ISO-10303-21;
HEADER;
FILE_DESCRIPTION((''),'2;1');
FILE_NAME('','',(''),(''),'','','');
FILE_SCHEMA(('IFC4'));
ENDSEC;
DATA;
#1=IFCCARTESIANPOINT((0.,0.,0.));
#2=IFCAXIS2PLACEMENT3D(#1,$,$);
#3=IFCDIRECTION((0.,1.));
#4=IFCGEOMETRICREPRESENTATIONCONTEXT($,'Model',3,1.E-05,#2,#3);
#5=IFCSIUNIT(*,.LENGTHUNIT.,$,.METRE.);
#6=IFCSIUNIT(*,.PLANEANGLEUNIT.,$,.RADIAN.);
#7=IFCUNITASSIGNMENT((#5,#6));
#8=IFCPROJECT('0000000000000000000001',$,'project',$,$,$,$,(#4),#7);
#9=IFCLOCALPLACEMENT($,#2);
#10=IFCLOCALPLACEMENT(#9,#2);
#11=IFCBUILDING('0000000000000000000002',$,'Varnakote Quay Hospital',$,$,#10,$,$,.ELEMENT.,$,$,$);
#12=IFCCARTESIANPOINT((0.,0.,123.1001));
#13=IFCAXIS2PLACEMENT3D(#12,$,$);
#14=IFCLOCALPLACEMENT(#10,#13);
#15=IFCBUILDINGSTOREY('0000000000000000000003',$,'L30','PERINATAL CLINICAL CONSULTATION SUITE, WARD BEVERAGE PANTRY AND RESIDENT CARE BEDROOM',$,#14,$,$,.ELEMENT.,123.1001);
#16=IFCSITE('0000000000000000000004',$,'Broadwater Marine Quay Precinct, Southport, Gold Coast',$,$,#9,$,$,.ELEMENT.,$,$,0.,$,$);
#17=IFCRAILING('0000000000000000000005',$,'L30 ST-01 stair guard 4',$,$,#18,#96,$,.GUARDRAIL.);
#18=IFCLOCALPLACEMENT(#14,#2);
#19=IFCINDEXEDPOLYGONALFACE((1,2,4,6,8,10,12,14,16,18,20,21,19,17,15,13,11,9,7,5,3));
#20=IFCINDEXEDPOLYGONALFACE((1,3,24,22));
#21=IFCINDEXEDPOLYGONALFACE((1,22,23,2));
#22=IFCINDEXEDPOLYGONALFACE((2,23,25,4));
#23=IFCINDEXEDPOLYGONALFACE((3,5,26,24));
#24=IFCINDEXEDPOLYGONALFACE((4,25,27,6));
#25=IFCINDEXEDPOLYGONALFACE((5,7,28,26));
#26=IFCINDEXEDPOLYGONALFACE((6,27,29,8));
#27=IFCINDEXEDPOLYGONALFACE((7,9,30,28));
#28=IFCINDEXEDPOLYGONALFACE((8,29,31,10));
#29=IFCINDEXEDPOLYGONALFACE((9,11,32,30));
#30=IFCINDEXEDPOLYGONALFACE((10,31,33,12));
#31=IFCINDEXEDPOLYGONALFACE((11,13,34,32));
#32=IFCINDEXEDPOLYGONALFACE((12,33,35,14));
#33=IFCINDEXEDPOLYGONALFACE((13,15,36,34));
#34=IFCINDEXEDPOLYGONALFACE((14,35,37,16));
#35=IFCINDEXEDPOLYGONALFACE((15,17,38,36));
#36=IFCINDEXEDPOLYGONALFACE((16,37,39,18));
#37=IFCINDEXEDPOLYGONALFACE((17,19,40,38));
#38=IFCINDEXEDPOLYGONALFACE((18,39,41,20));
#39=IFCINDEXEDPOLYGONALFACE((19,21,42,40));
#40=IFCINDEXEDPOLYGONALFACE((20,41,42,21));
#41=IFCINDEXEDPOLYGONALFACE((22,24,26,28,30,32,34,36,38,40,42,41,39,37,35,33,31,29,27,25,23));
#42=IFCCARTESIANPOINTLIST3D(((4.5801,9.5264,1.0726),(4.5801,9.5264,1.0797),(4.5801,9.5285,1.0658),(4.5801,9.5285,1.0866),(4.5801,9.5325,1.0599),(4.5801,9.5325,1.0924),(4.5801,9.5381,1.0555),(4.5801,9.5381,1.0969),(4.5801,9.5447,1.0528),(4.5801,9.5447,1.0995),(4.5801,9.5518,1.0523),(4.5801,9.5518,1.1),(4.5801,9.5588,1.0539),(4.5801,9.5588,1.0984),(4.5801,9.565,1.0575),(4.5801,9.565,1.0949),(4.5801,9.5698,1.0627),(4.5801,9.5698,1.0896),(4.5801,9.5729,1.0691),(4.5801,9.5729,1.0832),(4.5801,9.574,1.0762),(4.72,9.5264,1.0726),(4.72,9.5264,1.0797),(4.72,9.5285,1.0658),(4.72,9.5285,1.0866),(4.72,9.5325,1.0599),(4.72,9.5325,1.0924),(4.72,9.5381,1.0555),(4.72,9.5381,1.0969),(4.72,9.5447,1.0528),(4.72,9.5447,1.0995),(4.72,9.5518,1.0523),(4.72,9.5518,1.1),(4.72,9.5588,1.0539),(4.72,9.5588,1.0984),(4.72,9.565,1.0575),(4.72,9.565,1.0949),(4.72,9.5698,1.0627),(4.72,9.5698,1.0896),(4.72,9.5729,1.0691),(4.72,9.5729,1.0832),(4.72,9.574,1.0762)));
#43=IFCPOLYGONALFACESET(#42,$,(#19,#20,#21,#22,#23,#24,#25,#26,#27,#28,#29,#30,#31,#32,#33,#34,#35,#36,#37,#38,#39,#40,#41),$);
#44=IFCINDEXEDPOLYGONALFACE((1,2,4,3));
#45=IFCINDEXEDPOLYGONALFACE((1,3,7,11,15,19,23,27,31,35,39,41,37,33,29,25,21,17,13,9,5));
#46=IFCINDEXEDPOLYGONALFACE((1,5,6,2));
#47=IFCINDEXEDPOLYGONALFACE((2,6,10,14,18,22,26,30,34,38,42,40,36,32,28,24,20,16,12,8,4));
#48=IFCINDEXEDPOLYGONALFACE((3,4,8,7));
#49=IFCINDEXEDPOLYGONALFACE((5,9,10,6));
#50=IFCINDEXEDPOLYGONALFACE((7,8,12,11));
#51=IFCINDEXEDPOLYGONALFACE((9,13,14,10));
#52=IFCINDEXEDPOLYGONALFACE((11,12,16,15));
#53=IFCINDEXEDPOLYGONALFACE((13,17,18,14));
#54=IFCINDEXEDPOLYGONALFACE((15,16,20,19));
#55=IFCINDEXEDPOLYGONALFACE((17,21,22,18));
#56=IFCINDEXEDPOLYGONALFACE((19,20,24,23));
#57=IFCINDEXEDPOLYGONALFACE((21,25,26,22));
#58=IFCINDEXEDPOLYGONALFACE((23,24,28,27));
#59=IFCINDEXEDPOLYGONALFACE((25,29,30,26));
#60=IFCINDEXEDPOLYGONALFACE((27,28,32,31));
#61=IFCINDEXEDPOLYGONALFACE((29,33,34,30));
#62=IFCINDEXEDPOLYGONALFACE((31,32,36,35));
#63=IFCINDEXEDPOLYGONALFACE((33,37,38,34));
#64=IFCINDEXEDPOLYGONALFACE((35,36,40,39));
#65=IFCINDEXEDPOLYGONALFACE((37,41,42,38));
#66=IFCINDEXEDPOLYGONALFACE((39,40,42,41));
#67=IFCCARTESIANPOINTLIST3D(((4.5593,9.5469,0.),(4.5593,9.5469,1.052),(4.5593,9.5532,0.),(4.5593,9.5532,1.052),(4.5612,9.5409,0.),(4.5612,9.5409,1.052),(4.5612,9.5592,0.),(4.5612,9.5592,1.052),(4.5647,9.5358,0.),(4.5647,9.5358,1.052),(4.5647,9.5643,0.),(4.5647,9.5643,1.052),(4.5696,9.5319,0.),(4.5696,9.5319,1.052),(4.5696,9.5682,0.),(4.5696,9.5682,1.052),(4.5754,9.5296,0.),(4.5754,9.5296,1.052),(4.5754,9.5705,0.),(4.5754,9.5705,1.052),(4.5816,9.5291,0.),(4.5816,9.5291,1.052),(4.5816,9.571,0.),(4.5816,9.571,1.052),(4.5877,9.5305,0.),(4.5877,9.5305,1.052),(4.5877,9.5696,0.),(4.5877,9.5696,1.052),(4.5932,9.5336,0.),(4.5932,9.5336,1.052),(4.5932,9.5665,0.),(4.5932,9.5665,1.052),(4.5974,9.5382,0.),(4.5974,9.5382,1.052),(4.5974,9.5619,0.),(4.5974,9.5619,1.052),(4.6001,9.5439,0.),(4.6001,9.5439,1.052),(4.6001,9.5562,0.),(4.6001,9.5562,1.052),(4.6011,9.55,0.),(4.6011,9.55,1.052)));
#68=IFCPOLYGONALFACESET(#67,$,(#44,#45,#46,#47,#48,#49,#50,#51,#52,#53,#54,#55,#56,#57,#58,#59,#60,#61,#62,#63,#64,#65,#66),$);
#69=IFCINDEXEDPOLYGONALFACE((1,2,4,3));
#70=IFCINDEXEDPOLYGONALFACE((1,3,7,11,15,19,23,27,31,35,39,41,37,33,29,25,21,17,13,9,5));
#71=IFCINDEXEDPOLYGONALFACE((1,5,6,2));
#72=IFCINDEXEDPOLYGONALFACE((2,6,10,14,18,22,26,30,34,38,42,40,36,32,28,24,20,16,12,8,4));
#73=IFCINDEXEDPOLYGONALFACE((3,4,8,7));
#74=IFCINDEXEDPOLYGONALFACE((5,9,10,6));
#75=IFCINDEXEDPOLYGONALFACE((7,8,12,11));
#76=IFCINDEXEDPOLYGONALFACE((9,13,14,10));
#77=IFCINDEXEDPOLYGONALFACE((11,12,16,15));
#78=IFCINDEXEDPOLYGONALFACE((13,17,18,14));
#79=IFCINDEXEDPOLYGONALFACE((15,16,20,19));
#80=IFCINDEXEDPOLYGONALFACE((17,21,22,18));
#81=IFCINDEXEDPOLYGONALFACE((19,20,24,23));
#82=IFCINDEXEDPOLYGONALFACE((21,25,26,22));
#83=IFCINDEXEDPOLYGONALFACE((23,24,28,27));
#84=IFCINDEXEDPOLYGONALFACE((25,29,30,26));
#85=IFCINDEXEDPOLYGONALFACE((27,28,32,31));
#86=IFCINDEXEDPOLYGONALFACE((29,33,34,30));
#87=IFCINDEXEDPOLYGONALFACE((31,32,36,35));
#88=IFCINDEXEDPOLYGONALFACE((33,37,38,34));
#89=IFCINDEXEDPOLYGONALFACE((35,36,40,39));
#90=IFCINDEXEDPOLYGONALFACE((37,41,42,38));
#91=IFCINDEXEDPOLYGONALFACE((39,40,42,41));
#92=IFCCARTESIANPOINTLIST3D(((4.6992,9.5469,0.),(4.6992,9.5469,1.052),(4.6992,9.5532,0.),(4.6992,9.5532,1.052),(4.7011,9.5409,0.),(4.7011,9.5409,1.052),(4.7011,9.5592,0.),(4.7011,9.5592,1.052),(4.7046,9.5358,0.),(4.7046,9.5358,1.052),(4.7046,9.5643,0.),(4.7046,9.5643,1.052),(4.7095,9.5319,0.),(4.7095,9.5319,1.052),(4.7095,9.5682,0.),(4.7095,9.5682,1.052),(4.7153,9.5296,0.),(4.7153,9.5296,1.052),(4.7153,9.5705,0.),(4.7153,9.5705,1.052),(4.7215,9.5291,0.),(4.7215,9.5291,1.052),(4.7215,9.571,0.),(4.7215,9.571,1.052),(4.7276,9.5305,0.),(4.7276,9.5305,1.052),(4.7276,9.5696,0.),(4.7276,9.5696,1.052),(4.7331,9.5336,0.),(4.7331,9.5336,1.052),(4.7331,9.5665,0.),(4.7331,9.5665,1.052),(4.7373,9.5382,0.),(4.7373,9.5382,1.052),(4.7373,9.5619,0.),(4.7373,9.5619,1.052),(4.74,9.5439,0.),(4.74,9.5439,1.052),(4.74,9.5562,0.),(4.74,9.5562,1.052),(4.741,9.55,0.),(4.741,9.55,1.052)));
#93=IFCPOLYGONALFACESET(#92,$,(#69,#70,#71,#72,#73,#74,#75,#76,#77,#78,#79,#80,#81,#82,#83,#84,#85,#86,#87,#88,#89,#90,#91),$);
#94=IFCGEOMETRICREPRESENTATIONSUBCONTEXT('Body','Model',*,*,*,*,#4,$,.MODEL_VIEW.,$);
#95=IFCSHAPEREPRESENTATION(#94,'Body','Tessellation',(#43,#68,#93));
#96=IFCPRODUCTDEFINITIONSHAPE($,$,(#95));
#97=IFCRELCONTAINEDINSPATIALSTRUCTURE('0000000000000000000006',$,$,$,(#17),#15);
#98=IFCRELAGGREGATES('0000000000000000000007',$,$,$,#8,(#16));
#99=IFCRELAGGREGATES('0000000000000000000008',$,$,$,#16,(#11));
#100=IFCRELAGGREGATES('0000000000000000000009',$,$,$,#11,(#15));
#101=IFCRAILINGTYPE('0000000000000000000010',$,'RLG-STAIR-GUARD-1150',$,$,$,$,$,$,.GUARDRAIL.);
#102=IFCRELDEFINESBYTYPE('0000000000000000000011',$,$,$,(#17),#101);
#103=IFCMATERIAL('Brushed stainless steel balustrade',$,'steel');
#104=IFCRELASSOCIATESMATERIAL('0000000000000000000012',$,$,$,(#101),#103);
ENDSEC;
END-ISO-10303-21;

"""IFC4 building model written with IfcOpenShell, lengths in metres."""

from ifc_helpers import new_model, si_unit, direction, frame, origin, origin_2d, place, context, subcontext, project, spatial, circle, extrude, material, type_object, element, save


model = new_model("IFC4")

# Units and contexts
model_context = context("Model", 3, precision=1e-05, world=origin(), true_north=direction((0.0, 1.0)))
body_context = subcontext(model_context, "Body", "Model", "MODEL_VIEW")
ifc_project = project(units=[si_unit("LENGTHUNIT", "METRE"), si_unit("PLANEANGLEUNIT", "RADIAN")], contexts=[model_context])

# Site, building, storey
site_placement = place(None, origin())
site = spatial("IfcSite", under=ifc_project, at=site_placement, Name="Broadwater Marine Quay Precinct, Southport, Gold Coast", CompositionType="ELEMENT", RefElevation=0.0)
building_placement = place(site_placement, origin())
building = spatial("IfcBuilding", under=site, at=building_placement, Name="Varnakote Quay Hospital", CompositionType="ELEMENT")
storey_placement = place(building_placement, frame((0.0, 0.0, 123.1001)))
storey = spatial("IfcBuildingStorey", under=building, at=storey_placement, Name="L30", Description="PERINATAL CLINICAL CONSULTATION SUITE, WARD BEVERAGE PANTRY AND RESIDENT CARE BEDROOM", CompositionType="ELEMENT", Elevation=123.1001)

# Railing
ifc_material_1 = material(Name="Brushed stainless steel balustrade", Category="steel")
railing_type_1 = type_object("IfcRailingType", Name="RLG-STAIR-GUARD-1150", PredefinedType="GUARDRAIL", material=ifc_material_1)
railing_1_placement = place(storey_placement, frame((4.5801, 9.55, 0.0)))
element("IfcRailing", 1, at=railing_1_placement, inside=storey, type_object=railing_type_1, Name="L30 ST-01 stair guard 4", PredefinedType="GUARDRAIL", context=body_context, shape_type="SweptSolid", body=[
    extrude(circle(Radius=0.0239, at=origin_2d()), frame((0.0, 0.0, 1.0762), z_axis=(1.0, 0.0, 0.0), x_axis=(0.0, 1.0, 0.0)), (0.0, 0.0, 1.0), 0.1399),
    extrude(circle(Radius=0.021, at=origin_2d()), origin(), (0.0, 0.0, 1.0), 1.052),
    extrude(circle(Radius=0.021, at=origin_2d()), frame((0.1399, 0.0, 0.0)), (0.0, 0.0, 1.0), 1.052),
])

save(model, "model.ifc")
